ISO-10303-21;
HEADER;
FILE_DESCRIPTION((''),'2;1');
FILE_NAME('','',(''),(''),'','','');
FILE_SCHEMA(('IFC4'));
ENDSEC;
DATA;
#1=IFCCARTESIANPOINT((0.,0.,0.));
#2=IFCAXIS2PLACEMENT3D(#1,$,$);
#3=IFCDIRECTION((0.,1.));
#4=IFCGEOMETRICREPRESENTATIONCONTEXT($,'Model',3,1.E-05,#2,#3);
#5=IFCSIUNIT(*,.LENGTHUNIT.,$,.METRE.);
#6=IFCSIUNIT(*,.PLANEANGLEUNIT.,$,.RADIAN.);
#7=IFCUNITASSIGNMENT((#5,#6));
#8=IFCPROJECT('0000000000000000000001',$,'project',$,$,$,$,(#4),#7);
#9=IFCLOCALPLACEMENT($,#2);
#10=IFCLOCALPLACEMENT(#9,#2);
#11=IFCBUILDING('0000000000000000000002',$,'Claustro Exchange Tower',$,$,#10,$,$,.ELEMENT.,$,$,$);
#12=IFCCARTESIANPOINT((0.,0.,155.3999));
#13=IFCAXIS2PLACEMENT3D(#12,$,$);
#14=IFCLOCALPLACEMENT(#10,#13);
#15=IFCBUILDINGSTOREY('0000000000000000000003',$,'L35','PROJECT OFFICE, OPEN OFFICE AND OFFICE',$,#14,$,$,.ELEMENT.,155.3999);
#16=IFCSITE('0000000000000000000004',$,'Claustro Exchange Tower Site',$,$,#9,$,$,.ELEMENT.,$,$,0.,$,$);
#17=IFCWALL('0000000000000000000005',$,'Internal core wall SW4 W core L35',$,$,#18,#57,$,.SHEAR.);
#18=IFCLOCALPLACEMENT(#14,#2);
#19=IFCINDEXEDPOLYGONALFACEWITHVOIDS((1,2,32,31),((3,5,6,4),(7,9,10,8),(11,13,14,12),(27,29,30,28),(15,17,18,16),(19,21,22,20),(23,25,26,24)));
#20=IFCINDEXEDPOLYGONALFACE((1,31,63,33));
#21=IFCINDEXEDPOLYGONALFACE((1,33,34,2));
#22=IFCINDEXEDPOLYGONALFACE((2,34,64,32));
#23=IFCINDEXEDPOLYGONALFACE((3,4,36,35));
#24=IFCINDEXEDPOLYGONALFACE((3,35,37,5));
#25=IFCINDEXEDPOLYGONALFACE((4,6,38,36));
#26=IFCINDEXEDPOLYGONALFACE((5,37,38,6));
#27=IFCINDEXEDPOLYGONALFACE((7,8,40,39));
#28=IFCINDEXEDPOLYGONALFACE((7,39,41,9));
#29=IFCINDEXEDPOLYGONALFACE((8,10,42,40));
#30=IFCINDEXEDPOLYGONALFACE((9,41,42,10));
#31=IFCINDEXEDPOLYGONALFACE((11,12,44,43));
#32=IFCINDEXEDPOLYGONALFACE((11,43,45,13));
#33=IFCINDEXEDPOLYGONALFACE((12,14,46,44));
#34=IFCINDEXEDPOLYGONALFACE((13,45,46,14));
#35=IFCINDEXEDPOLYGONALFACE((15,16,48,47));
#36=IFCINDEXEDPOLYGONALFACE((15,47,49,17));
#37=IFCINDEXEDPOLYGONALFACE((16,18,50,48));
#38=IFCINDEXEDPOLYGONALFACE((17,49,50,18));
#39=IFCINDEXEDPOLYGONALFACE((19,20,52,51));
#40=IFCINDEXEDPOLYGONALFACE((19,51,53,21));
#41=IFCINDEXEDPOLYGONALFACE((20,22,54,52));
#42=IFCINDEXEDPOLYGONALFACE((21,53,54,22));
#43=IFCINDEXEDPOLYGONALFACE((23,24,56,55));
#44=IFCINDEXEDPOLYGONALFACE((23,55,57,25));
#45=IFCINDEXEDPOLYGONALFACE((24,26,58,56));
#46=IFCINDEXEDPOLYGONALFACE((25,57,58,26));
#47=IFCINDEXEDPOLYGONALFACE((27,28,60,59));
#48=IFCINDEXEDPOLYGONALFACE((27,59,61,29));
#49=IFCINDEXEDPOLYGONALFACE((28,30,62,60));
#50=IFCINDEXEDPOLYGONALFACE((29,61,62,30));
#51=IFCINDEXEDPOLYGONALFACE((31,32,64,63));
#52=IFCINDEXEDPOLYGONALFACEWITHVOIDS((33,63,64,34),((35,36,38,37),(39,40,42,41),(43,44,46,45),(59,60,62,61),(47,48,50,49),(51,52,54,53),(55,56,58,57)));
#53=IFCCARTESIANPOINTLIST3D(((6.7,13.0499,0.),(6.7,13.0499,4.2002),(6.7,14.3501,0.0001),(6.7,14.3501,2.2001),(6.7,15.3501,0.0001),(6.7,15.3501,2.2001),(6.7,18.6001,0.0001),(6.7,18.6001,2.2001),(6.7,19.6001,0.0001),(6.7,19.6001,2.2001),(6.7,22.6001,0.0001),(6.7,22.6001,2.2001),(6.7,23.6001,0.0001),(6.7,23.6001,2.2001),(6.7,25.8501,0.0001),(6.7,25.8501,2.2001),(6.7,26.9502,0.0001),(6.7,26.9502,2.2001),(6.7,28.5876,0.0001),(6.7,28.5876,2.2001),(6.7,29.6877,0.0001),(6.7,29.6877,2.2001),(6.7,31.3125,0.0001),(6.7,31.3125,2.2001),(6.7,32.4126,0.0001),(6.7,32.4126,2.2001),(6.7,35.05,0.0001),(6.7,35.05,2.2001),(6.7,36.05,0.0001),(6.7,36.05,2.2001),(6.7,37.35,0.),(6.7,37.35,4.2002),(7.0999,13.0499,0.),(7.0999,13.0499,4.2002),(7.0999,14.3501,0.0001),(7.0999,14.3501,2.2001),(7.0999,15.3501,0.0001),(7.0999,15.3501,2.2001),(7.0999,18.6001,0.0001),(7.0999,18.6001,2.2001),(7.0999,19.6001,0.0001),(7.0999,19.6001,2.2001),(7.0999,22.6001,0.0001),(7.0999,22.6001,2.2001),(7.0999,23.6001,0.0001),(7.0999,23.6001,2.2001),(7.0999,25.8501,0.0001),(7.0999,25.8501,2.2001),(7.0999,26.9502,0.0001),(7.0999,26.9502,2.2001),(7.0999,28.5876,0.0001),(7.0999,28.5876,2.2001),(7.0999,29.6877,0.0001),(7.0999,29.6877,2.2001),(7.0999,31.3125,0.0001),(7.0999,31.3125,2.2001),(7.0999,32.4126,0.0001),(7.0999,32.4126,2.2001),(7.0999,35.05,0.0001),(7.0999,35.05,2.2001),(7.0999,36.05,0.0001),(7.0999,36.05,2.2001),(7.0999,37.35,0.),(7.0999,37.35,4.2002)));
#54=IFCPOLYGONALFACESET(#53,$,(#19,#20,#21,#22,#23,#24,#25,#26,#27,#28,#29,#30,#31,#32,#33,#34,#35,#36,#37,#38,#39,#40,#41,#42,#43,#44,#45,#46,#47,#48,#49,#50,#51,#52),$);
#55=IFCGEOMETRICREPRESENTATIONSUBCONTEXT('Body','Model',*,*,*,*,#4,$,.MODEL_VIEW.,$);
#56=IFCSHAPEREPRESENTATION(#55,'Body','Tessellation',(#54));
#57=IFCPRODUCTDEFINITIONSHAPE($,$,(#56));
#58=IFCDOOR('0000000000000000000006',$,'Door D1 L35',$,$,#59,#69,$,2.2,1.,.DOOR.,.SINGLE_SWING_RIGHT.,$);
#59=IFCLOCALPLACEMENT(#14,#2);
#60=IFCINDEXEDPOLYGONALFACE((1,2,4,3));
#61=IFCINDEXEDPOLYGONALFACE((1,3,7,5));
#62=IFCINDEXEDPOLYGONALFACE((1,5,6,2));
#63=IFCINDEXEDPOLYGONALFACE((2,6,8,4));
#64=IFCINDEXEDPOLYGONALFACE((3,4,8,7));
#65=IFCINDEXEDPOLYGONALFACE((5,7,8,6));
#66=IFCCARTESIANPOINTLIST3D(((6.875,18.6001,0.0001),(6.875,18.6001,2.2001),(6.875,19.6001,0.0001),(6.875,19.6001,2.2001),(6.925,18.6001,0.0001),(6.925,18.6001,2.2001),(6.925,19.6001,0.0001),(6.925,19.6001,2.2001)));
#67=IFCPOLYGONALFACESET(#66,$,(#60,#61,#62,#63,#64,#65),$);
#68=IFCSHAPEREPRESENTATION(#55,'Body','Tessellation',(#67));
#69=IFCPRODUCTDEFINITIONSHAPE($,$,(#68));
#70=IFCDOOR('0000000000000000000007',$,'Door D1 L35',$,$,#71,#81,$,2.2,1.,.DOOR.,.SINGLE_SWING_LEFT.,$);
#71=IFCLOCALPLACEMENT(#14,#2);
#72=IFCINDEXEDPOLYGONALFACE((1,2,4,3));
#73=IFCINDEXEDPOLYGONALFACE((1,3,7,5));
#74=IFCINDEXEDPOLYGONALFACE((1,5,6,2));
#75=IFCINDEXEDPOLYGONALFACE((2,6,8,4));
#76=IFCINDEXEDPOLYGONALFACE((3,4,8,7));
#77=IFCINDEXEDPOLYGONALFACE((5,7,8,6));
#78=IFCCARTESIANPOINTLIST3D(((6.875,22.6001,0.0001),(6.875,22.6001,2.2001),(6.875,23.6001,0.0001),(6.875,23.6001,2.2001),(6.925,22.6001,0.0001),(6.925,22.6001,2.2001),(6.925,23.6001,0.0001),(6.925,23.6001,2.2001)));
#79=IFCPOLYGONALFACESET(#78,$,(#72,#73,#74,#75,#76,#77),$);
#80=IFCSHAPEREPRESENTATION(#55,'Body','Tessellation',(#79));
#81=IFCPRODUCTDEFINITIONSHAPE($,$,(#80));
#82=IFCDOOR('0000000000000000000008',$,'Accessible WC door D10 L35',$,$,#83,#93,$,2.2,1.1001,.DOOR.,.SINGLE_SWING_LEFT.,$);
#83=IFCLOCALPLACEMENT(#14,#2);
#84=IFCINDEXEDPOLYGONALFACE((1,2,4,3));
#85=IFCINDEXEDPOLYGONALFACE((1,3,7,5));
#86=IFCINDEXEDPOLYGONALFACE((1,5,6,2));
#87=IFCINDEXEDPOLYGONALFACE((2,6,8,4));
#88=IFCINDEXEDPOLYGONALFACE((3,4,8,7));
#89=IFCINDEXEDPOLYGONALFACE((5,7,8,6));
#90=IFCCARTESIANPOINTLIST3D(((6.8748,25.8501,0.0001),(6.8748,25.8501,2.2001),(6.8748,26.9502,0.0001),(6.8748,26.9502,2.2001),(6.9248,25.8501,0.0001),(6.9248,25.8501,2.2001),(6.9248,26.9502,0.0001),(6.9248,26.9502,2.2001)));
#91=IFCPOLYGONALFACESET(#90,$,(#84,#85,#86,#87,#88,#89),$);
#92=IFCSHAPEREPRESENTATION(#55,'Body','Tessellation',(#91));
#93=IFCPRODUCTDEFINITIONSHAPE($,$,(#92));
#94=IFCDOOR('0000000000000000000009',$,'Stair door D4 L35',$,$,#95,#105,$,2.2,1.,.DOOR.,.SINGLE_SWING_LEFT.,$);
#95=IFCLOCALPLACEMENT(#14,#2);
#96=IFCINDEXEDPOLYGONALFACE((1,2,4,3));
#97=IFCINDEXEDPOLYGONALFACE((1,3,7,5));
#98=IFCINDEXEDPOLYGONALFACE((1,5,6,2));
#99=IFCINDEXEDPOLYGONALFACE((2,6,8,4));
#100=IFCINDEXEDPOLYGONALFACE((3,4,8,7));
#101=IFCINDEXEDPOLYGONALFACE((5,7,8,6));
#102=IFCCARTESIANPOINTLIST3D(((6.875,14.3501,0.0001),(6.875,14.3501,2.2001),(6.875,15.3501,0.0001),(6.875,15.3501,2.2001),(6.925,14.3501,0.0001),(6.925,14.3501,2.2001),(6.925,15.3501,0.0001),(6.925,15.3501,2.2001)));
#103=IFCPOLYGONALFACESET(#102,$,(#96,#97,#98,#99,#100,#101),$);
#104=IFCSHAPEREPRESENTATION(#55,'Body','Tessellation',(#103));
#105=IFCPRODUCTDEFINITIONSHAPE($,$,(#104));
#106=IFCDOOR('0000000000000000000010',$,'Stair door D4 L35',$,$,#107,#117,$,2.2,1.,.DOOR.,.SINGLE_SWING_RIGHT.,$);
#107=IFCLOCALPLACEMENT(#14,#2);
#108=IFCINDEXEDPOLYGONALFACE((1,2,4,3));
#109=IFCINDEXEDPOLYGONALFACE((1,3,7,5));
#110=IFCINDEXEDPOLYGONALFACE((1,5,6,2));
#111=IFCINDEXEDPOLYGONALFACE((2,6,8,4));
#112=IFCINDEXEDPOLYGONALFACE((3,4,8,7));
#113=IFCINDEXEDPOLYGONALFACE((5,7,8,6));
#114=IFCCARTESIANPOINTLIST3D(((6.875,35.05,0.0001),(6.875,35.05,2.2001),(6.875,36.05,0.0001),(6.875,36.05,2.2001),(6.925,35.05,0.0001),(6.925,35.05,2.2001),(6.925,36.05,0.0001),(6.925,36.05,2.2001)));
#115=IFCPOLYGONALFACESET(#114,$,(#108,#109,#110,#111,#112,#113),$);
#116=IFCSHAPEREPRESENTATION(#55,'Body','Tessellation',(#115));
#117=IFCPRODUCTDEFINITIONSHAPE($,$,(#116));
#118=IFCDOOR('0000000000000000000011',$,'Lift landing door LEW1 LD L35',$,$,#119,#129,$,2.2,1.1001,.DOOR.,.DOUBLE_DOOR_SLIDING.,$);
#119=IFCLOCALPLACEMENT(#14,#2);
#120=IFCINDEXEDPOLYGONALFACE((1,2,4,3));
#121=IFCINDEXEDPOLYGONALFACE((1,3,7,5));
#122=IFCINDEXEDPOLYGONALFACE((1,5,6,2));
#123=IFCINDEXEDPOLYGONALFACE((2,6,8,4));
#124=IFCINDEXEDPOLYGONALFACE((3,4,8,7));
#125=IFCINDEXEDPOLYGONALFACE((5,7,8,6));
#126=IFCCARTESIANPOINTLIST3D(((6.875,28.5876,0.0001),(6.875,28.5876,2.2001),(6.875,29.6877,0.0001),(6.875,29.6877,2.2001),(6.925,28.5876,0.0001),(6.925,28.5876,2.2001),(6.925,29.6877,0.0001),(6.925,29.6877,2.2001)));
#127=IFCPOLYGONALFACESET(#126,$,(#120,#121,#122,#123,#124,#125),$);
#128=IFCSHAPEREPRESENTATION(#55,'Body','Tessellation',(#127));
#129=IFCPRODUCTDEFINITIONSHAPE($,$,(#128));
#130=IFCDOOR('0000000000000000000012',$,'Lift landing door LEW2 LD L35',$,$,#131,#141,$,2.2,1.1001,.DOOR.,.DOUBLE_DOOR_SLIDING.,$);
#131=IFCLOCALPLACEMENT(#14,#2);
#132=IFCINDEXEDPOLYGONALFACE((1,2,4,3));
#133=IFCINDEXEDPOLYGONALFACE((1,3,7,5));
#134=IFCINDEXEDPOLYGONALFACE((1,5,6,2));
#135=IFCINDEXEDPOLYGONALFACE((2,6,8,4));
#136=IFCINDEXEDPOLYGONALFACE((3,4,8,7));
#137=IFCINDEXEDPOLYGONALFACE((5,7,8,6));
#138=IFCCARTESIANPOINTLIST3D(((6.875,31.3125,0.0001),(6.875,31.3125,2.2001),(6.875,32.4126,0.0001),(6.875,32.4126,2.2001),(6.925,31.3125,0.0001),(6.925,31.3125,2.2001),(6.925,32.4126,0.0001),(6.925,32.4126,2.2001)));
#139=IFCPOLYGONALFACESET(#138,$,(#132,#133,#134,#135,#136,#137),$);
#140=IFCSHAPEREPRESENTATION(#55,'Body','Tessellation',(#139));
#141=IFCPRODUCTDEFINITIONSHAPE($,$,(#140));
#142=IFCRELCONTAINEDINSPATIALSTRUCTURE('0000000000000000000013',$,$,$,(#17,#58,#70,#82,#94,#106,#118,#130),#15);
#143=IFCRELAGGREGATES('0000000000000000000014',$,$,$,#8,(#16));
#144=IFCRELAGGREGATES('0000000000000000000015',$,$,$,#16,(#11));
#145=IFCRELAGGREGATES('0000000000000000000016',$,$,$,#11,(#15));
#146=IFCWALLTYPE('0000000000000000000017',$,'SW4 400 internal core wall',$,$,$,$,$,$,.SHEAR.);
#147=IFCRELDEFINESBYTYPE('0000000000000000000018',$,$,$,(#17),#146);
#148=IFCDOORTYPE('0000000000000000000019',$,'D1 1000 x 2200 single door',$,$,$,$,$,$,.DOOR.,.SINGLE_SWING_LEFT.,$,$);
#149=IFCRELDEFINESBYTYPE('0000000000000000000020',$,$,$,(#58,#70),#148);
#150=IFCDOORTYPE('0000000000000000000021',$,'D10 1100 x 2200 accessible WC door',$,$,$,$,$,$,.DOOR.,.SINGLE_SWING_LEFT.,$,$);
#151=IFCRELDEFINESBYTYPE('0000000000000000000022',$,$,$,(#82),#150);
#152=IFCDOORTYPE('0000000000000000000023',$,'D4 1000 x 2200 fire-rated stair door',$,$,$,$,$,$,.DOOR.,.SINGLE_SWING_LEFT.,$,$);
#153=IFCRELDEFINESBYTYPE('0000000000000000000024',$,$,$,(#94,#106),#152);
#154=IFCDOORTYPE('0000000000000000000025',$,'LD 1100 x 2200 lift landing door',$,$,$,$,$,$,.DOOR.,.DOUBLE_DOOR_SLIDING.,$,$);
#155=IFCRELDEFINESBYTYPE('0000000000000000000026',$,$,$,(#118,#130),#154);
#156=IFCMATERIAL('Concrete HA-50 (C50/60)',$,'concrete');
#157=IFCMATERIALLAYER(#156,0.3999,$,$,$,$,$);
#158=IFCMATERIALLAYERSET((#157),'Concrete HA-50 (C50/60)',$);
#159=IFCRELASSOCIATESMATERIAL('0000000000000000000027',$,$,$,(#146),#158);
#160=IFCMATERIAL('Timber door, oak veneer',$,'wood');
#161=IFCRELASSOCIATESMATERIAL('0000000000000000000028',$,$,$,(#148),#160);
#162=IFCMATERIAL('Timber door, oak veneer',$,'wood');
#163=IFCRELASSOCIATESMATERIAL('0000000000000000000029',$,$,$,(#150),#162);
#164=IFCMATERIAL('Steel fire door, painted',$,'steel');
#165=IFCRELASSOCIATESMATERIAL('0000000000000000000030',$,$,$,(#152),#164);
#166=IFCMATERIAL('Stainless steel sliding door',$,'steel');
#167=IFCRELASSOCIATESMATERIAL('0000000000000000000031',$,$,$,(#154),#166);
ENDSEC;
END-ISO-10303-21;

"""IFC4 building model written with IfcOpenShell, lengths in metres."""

from ifc_helpers import new_model, si_unit, direction, frame, frame_2d, origin, place, context, subcontext, project, spatial, rectangle, extrude, material, layer, layer_set, type_object, element, fill, save


model = new_model("IFC4")

# Units and contexts
model_context = context("Model", 3, precision=1e-05, world=origin(), true_north=direction((0.0, 1.0)))
body_context = subcontext(model_context, "Body", "Model", "MODEL_VIEW")
ifc_project = project(units=[si_unit("LENGTHUNIT", "METRE"), si_unit("PLANEANGLEUNIT", "RADIAN")], contexts=[model_context])

# Site, building, storey
site_placement = place(None, origin())
site = spatial("IfcSite", under=ifc_project, at=site_placement, Name="Claustro Exchange Tower Site", CompositionType="ELEMENT", RefElevation=0.0)
building_placement = place(site_placement, origin())
building = spatial("IfcBuilding", under=site, at=building_placement, Name="Claustro Exchange Tower", CompositionType="ELEMENT")
storey_placement = place(building_placement, frame((0.0, 0.0, 155.3999)))
storey = spatial("IfcBuildingStorey", under=building, at=storey_placement, Name="L35", Description="PROJECT OFFICE, OPEN OFFICE AND OFFICE", CompositionType="ELEMENT", Elevation=155.3999)

# Wall, openings, doors
ifc_material_1 = material(Name="Concrete HA-50 (C50/60)", Category="concrete")
ifc_layer_1 = layer(ifc_material_1, 0.3999)
ifc_layer_set_1 = layer_set([ifc_layer_1], Name="Concrete HA-50 (C50/60)")
wall_type_1 = type_object("IfcWallType", Name="SW4 400 internal core wall", PredefinedType="SHEAR", material=ifc_layer_set_1)
wall_1_placement = place(storey_placement, frame((6.8999, 13.05, 0.0), z_axis=(0.0, 0.0, 1.0), x_axis=(0.0, 1.0, 0.0)))
wall_1 = element("IfcWall", 1, at=wall_1_placement, inside=storey, type_object=wall_type_1, Name="Internal core wall SW4 W core L35", PredefinedType="SHEAR", context=body_context, shape_type="SweptSolid", body=[
    extrude(rectangle(XDim=24.3, YDim=0.3999, at=frame_2d((12.1499, 0.0))), origin(), (0.0, 0.0, 1.0), 4.2002),
])
opening_1_placement = place(wall_1_placement, frame((1.3, 0.0, 0.0)))
opening_1 = element("IfcOpeningElement", 2, at=opening_1_placement, cuts=wall_1, PredefinedType="OPENING", context=body_context, shape_type="SweptSolid", body=[
    extrude(rectangle(XDim=1.0, YDim=2.2, at=frame_2d((0.5, 1.1001))), frame((0.0, 0.21, 0.0), z_axis=(0.0, -1.0, 0.0), x_axis=(1.0, 0.0, 0.0)), (0.0, 0.0, 1.0), 0.4199),
])
opening_2_placement = place(wall_1_placement, frame((22.0, 0.0, 0.0)))
opening_2 = element("IfcOpeningElement", 3, at=opening_2_placement, cuts=wall_1, PredefinedType="OPENING", context=body_context, shape_type="SweptSolid", body=[
    extrude(rectangle(XDim=1.0, YDim=2.2, at=frame_2d((0.5, 1.1001))), frame((0.0, 0.21, 0.0), z_axis=(0.0, -1.0, 0.0), x_axis=(1.0, 0.0, 0.0)), (0.0, 0.0, 1.0), 0.4199),
])
opening_3_placement = place(wall_1_placement, frame((5.55, 0.0, 0.0)))
opening_3 = element("IfcOpeningElement", 4, at=opening_3_placement, cuts=wall_1, PredefinedType="OPENING", context=body_context, shape_type="SweptSolid", body=[
    extrude(rectangle(XDim=1.0, YDim=2.2, at=frame_2d((0.5, 1.1001))), frame((0.0, 0.21, 0.0), z_axis=(0.0, -1.0, 0.0), x_axis=(1.0, 0.0, 0.0)), (0.0, 0.0, 1.0), 0.4199),
])
opening_4_placement = place(wall_1_placement, frame((9.55, 0.0, 0.0)))
opening_4 = element("IfcOpeningElement", 5, at=opening_4_placement, cuts=wall_1, PredefinedType="OPENING", context=body_context, shape_type="SweptSolid", body=[
    extrude(rectangle(XDim=1.0, YDim=2.2, at=frame_2d((0.5, 1.1001))), frame((0.0, 0.21, 0.0), z_axis=(0.0, -1.0, 0.0), x_axis=(1.0, 0.0, 0.0)), (0.0, 0.0, 1.0), 0.4199),
])
opening_5_placement = place(wall_1_placement, frame((12.8, 0.0, 0.0)))
opening_5 = element("IfcOpeningElement", 6, at=opening_5_placement, cuts=wall_1, PredefinedType="OPENING", context=body_context, shape_type="SweptSolid", body=[
    extrude(rectangle(XDim=1.1001, YDim=2.2, at=frame_2d((0.55, 1.1001))), frame((0.0, 0.21, 0.0), z_axis=(0.0, -1.0, 0.0), x_axis=(1.0, 0.0, 0.0)), (0.0, 0.0, 1.0), 0.4199),
])
opening_6_placement = place(wall_1_placement, frame((15.5376, 0.0, 0.0)))
opening_6 = element("IfcOpeningElement", 7, at=opening_6_placement, cuts=wall_1, PredefinedType="OPENING", context=body_context, shape_type="SweptSolid", body=[
    extrude(rectangle(XDim=1.1001, YDim=2.2, at=frame_2d((0.55, 1.1001))), frame((0.0, 0.21, 0.0), z_axis=(0.0, -1.0, 0.0), x_axis=(1.0, 0.0, 0.0)), (0.0, 0.0, 1.0), 0.4199),
])
opening_7_placement = place(wall_1_placement, frame((18.2625, 0.0, 0.0)))
opening_7 = element("IfcOpeningElement", 8, at=opening_7_placement, cuts=wall_1, PredefinedType="OPENING", context=body_context, shape_type="SweptSolid", body=[
    extrude(rectangle(XDim=1.1001, YDim=2.2, at=frame_2d((0.55, 1.1001))), frame((0.0, 0.21, 0.0), z_axis=(0.0, -1.0, 0.0), x_axis=(1.0, 0.0, 0.0)), (0.0, 0.0, 1.0), 0.4199),
])
ifc_material_2 = material(Name="Timber door, oak veneer", Category="wood")
door_type_1 = type_object("IfcDoorType", Name="D1 1000 x 2200 single door", OperationType="SINGLE_SWING_LEFT", PredefinedType="DOOR", material=ifc_material_2)
door_1_placement = place(opening_3_placement, origin())
door_1 = element("IfcDoor", 9, at=door_1_placement, inside=storey, type_object=door_type_1, Name="Door D1 L35", OperationType="SINGLE_SWING_RIGHT", OverallHeight=2.2, OverallWidth=1.0, PredefinedType="DOOR", context=body_context, shape_type="SweptSolid", body=[
    extrude(rectangle(XDim=1.0, YDim=2.2, at=frame_2d((0.5, 1.1001))), frame((0.0, 0.0249, 0.0), z_axis=(0.0, -1.0, 0.0), x_axis=(1.0, 0.0, 0.0)), (0.0, 0.0, 1.0), 0.05),
])
fill(opening_3, door_1)
door_2_placement = place(opening_4_placement, origin())
door_2 = element("IfcDoor", 10, at=door_2_placement, inside=storey, type_object=door_type_1, Name="Door D1 L35", OperationType="SINGLE_SWING_LEFT", OverallHeight=2.2, OverallWidth=1.0, PredefinedType="DOOR", context=body_context, shape_type="SweptSolid", body=[
    extrude(rectangle(XDim=1.0, YDim=2.2, at=frame_2d((0.5, 1.1001))), frame((0.0, 0.0249, 0.0), z_axis=(0.0, -1.0, 0.0), x_axis=(1.0, 0.0, 0.0)), (0.0, 0.0, 1.0), 0.05),
])
fill(opening_4, door_2)
ifc_material_3 = material(Name="Timber door, oak veneer", Category="wood")
door_type_2 = type_object("IfcDoorType", Name="D10 1100 x 2200 accessible WC door", OperationType="SINGLE_SWING_LEFT", PredefinedType="DOOR", material=ifc_material_3)
door_3_placement = place(opening_5_placement, frame((1.1001, 0.0, 0.0), z_axis=(0.0, 0.0, 1.0), x_axis=(-1.0, 0.0, 0.0)))
door_3 = element("IfcDoor", 11, at=door_3_placement, inside=storey, type_object=door_type_2, Name="Accessible WC door D10 L35", OperationType="SINGLE_SWING_LEFT", OverallHeight=2.2, OverallWidth=1.1001, PredefinedType="DOOR", context=body_context, shape_type="SweptSolid", body=[
    extrude(rectangle(XDim=1.1001, YDim=2.2, at=frame_2d((0.55, 1.1001))), frame((0.0, 0.0249, 0.0), z_axis=(0.0, -1.0, 0.0), x_axis=(1.0, 0.0, 0.0)), (0.0, 0.0, 1.0), 0.05),
])
fill(opening_5, door_3)
ifc_material_4 = material(Name="Steel fire door, painted", Category="steel")
door_type_3 = type_object("IfcDoorType", Name="D4 1000 x 2200 fire-rated stair door", OperationType="SINGLE_SWING_LEFT", PredefinedType="DOOR", material=ifc_material_4)
door_4_placement = place(opening_1_placement, origin())
door_4 = element("IfcDoor", 12, at=door_4_placement, inside=storey, type_object=door_type_3, Name="Stair door D4 L35", OperationType="SINGLE_SWING_LEFT", OverallHeight=2.2, OverallWidth=1.0, PredefinedType="DOOR", context=body_context, shape_type="SweptSolid", body=[
    extrude(rectangle(XDim=1.0, YDim=2.2, at=frame_2d((0.5, 1.1001))), frame((0.0, 0.0249, 0.0), z_axis=(0.0, -1.0, 0.0), x_axis=(1.0, 0.0, 0.0)), (0.0, 0.0, 1.0), 0.05),
])
fill(opening_1, door_4)
door_5_placement = place(opening_2_placement, origin())
door_5 = element("IfcDoor", 13, at=door_5_placement, inside=storey, type_object=door_type_3, Name="Stair door D4 L35", OperationType="SINGLE_SWING_RIGHT", OverallHeight=2.2, OverallWidth=1.0, PredefinedType="DOOR", context=body_context, shape_type="SweptSolid", body=[
    extrude(rectangle(XDim=1.0, YDim=2.2, at=frame_2d((0.5, 1.1001))), frame((0.0, 0.0249, 0.0), z_axis=(0.0, -1.0, 0.0), x_axis=(1.0, 0.0, 0.0)), (0.0, 0.0, 1.0), 0.05),
])
fill(opening_2, door_5)
ifc_material_5 = material(Name="Stainless steel sliding door", Category="steel")
door_type_4 = type_object("IfcDoorType", Name="LD 1100 x 2200 lift landing door", OperationType="DOUBLE_DOOR_SLIDING", PredefinedType="DOOR", material=ifc_material_5)
door_6_placement = place(opening_6_placement, origin())
door_6 = element("IfcDoor", 14, at=door_6_placement, inside=storey, type_object=door_type_4, Name="Lift landing door LEW1 LD L35", OperationType="DOUBLE_DOOR_SLIDING", OverallHeight=2.2, OverallWidth=1.1001, PredefinedType="DOOR", context=body_context, shape_type="SweptSolid", body=[
    extrude(rectangle(XDim=1.1001, YDim=2.2, at=frame_2d((0.55, 1.1001))), frame((0.0, 0.0249, 0.0), z_axis=(0.0, -1.0, 0.0), x_axis=(1.0, 0.0, 0.0)), (0.0, 0.0, 1.0), 0.05),
])
fill(opening_6, door_6)
door_7_placement = place(opening_7_placement, origin())
door_7 = element("IfcDoor", 15, at=door_7_placement, inside=storey, type_object=door_type_4, Name="Lift landing door LEW2 LD L35", OperationType="DOUBLE_DOOR_SLIDING", OverallHeight=2.2, OverallWidth=1.1001, PredefinedType="DOOR", context=body_context, shape_type="SweptSolid", body=[
    extrude(rectangle(XDim=1.1001, YDim=2.2, at=frame_2d((0.55, 1.1001))), frame((0.0, 0.0249, 0.0), z_axis=(0.0, -1.0, 0.0), x_axis=(1.0, 0.0, 0.0)), (0.0, 0.0, 1.0), 0.05),
])
fill(opening_7, door_7)

save(model, "model.ifc")
